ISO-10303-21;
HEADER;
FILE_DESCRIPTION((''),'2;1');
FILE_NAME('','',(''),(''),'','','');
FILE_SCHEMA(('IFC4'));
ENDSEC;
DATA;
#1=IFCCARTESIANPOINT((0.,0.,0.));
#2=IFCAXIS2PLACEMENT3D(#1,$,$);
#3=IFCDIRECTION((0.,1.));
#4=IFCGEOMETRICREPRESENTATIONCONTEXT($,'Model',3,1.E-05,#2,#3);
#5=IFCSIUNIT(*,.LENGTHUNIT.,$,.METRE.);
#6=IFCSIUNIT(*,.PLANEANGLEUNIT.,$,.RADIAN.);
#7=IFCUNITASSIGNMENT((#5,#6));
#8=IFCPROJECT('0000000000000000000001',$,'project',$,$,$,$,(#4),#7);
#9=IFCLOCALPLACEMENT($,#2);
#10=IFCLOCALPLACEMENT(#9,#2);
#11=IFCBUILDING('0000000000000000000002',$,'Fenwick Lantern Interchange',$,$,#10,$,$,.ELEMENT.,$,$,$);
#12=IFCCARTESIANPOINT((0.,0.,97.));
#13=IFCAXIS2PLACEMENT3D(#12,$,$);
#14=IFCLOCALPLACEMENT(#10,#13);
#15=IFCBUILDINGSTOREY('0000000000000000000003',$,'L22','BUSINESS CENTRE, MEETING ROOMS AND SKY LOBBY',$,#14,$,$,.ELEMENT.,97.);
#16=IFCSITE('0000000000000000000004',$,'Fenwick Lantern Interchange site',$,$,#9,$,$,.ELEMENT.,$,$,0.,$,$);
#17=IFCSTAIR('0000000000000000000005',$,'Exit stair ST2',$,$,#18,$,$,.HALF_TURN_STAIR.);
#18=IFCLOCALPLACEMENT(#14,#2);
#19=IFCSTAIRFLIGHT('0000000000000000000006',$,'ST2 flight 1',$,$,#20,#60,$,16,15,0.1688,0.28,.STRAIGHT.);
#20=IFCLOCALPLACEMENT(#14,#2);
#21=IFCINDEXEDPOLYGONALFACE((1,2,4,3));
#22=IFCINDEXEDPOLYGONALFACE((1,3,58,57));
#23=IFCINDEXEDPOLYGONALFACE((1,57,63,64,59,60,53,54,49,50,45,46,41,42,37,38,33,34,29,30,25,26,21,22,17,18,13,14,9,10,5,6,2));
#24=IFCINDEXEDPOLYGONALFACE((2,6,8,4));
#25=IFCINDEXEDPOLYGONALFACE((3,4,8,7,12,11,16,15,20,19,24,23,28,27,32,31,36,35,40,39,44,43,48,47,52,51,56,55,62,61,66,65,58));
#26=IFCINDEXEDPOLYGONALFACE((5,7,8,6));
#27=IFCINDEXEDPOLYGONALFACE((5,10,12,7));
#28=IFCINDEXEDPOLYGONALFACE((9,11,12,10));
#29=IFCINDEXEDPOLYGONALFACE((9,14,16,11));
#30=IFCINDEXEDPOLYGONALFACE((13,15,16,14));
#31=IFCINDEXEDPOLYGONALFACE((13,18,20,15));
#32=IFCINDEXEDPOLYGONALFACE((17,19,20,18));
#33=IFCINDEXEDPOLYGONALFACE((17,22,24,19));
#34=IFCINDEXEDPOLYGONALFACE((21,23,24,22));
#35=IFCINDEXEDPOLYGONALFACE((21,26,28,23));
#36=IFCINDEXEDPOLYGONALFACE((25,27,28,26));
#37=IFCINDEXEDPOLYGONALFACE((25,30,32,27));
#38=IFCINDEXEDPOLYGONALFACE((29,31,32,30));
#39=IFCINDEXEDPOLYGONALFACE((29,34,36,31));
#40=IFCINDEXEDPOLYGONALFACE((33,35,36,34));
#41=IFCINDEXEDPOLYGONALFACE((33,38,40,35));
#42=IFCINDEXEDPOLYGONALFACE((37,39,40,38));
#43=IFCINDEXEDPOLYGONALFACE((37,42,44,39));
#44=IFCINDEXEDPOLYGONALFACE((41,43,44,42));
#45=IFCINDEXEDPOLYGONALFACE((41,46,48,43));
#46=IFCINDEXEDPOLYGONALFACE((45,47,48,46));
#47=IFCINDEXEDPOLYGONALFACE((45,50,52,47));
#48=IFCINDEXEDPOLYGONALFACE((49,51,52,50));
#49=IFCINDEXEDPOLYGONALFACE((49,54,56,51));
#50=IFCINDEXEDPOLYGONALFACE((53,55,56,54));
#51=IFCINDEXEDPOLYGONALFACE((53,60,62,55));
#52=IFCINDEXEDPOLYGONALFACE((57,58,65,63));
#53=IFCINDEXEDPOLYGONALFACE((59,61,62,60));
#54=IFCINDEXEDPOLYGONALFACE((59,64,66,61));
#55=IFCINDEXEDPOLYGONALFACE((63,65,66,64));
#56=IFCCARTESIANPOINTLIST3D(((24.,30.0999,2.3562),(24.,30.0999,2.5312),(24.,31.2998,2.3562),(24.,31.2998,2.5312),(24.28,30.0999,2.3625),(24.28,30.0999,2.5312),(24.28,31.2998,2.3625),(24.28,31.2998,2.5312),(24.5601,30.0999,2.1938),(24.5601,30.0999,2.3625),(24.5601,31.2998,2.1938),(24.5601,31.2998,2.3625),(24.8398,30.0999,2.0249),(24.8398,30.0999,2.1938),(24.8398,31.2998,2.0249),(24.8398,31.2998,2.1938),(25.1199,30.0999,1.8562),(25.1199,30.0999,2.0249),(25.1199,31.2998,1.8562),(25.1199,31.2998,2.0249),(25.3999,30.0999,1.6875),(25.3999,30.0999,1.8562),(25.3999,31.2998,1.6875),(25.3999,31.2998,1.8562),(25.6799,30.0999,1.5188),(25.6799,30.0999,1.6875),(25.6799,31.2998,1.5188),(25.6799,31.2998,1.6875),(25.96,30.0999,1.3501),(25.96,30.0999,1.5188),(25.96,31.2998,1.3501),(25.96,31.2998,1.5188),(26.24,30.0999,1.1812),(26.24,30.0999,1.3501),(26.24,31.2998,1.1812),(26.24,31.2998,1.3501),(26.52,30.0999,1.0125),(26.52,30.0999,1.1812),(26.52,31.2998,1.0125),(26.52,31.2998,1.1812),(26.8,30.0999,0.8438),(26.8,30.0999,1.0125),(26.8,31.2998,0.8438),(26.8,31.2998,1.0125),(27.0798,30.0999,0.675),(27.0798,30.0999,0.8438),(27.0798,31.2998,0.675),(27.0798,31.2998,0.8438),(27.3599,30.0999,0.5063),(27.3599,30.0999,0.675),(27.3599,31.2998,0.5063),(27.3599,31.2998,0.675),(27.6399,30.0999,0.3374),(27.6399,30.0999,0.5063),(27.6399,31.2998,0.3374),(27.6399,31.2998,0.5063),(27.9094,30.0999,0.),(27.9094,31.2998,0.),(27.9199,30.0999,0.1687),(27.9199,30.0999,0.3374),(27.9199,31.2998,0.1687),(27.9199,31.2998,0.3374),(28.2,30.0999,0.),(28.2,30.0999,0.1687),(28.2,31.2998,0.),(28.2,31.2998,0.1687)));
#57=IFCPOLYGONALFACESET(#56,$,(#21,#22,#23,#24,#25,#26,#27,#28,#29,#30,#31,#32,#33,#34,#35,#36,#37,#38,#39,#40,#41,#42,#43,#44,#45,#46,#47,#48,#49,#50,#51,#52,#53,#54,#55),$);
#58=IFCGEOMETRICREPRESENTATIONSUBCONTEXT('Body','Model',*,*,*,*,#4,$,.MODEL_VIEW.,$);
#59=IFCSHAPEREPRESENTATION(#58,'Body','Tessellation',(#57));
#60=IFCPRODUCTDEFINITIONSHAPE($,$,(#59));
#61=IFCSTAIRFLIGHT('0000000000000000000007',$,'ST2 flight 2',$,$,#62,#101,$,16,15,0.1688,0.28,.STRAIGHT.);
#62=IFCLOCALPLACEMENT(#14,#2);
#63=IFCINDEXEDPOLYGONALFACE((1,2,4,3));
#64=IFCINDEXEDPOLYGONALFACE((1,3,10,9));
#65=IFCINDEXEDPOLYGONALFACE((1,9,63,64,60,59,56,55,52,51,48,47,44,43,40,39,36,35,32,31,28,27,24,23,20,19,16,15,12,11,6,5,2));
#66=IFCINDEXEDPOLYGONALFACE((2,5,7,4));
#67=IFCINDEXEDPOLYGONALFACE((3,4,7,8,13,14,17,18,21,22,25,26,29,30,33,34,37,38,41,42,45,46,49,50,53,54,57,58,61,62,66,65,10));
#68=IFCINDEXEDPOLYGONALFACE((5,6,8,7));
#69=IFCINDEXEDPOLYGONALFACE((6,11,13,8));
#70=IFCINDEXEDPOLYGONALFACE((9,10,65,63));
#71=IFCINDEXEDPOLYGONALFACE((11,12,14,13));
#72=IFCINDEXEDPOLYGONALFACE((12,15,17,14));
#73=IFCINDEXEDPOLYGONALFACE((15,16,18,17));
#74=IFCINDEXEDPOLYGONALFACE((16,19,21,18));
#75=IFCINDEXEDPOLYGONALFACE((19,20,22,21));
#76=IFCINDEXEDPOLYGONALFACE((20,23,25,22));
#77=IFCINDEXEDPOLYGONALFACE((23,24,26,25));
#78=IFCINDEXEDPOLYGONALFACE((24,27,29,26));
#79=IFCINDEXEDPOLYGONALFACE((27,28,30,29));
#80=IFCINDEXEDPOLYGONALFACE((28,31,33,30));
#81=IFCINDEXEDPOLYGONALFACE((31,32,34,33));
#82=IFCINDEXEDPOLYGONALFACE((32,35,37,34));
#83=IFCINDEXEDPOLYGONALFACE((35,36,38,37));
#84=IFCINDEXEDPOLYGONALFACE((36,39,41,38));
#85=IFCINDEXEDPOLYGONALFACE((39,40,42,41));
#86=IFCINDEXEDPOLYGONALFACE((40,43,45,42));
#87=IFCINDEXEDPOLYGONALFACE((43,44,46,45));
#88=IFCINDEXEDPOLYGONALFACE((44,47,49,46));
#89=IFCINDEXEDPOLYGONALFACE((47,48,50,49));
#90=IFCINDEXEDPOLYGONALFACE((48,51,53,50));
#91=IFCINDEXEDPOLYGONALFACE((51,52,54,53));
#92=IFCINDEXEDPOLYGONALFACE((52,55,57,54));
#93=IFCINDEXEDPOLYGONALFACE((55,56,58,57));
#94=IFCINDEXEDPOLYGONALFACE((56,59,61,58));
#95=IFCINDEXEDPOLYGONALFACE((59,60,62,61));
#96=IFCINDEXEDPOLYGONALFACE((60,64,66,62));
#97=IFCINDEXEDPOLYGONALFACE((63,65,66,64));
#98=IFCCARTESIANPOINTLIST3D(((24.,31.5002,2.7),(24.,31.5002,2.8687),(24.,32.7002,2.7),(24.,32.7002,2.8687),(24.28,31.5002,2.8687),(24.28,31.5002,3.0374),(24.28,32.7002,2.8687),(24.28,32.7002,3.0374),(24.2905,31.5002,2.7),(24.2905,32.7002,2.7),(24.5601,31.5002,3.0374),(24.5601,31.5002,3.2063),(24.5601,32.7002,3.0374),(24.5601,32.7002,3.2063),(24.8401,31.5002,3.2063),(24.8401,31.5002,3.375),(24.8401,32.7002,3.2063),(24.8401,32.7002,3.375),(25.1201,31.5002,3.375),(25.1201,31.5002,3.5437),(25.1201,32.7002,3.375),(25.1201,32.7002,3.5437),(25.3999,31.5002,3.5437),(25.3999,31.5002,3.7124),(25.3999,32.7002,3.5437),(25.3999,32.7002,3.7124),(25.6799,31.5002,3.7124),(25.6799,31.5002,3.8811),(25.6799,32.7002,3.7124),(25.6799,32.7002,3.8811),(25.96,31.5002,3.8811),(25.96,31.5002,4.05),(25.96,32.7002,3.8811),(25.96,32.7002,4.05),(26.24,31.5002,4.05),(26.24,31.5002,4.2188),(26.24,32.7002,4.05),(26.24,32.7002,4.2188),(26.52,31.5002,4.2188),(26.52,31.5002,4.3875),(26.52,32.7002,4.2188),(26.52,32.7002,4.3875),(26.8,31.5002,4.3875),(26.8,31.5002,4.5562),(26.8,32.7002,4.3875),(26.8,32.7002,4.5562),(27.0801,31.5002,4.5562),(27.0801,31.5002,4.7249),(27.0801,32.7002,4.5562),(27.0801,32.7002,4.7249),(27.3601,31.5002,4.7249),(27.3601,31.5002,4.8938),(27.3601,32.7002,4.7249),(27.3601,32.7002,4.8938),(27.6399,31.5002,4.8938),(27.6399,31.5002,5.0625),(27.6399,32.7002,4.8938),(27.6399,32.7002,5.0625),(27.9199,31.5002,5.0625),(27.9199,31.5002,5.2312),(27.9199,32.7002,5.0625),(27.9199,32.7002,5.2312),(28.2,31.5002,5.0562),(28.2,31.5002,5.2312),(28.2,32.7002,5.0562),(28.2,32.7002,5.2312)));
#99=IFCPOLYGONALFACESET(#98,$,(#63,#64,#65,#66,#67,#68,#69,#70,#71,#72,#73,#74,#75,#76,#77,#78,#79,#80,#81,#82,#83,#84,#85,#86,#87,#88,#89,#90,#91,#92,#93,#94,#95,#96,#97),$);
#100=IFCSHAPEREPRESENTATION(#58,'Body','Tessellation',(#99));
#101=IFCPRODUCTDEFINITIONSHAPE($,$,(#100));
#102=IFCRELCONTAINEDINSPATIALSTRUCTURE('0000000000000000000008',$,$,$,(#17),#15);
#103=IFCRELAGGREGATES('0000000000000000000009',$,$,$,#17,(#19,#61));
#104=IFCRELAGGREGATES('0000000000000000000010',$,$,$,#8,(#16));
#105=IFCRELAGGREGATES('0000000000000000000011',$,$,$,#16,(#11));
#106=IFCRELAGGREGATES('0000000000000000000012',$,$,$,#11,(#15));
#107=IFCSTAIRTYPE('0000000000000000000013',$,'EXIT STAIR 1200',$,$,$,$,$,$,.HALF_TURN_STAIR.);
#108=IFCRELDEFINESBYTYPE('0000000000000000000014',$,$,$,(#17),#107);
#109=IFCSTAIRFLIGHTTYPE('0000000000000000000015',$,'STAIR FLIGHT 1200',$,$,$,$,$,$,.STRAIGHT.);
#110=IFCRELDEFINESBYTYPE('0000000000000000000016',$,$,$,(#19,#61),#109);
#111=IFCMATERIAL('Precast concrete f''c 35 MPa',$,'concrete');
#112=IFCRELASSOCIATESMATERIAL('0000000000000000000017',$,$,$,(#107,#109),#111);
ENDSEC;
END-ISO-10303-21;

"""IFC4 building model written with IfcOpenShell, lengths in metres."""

from ifc_helpers import new_model, si_unit, direction, frame, origin, place, context, subcontext, project, spatial, polyline, outline, extrude, material, type_object, element, aggregate, save


model = new_model("IFC4")

# Units and contexts
model_context = context("Model", 3, precision=1e-05, world=origin(), true_north=direction((0.0, 1.0)))
body_context = subcontext(model_context, "Body", "Model", "MODEL_VIEW")
ifc_project = project(units=[si_unit("LENGTHUNIT", "METRE"), si_unit("PLANEANGLEUNIT", "RADIAN")], contexts=[model_context])

# Site, building, storey
site_placement = place(None, origin())
site = spatial("IfcSite", under=ifc_project, at=site_placement, Name="Fenwick Lantern Interchange site", CompositionType="ELEMENT", RefElevation=0.0)
building_placement = place(site_placement, origin())
building = spatial("IfcBuilding", under=site, at=building_placement, Name="Fenwick Lantern Interchange", CompositionType="ELEMENT")
storey_placement = place(building_placement, frame((0.0, 0.0, 97.0)))
storey = spatial("IfcBuildingStorey", under=building, at=storey_placement, Name="L22", Description="BUSINESS CENTRE, MEETING ROOMS AND SKY LOBBY", CompositionType="ELEMENT", Elevation=97.0)

# Stair, stair flights
ifc_material_1 = material(Name="Precast concrete f'c 35 MPa", Category="concrete")
stair_type = type_object("IfcStairType", Name="EXIT STAIR 1200", PredefinedType="HALF_TURN_STAIR", material=ifc_material_1)
stair_placement = place(storey_placement, origin())
stair = element("IfcStair", 1, at=stair_placement, inside=storey, type_object=stair_type, Name="Exit stair ST2", PredefinedType="HALF_TURN_STAIR")
stair_flight_type = type_object("IfcStairFlightType", Name="STAIR FLIGHT 1200", PredefinedType="STRAIGHT", material=ifc_material_1)
stair_flight_1_placement = place(storey_placement, frame((28.2, 30.7, 0.0), z_axis=(0.0, 0.0, 1.0), x_axis=(-1.0, 0.0, 0.0)))
stair_flight_1 = element("IfcStairFlight", 2, at=stair_flight_1_placement, type_object=stair_flight_type, Name="ST2 flight 1", NumberOfRisers=16, NumberOfTreads=15, PredefinedType="STRAIGHT", RiserHeight=0.1688, TreadLength=0.28, context=body_context, shape_type="SweptSolid", body=[
    extrude(outline(polyline([(0.0, 0.0), (0.0, 0.1687), (0.28, 0.1687), (0.28, 0.3374), (0.5601, 0.3374), (0.5601, 0.5063), (0.8401, 0.5063), (0.8401, 0.675), (1.1201, 0.675), (1.1201, 0.8438), (1.3999, 0.8438), (1.3999, 1.0125), (1.6799, 1.0125), (1.6799, 1.1812), (1.96, 1.1812), (1.96, 1.3501), (2.24, 1.3501), (2.24, 1.5188), (2.52, 1.5188), (2.52, 1.6875), (2.8, 1.6875), (2.8, 1.8562), (3.0801, 1.8562), (3.0801, 2.0249), (3.3601, 2.0249), (3.3601, 2.1938), (3.6399, 2.1938), (3.6399, 2.3625), (3.9199, 2.3625), (3.9199, 2.5312), (4.2, 2.5312), (4.2, 2.7), (4.2, 2.3562), (0.2905, 0.0), (0.0, 0.0)])), frame((0.0, 0.6001, 0.0), z_axis=(0.0, -1.0, 0.0), x_axis=(1.0, 0.0, 0.0)), (0.0, 0.0, 1.0), 1.2),
])
stair_flight_2_placement = place(storey_placement, frame((24.0, 32.1001, 2.7), z_axis=(0.0, 0.0, 1.0), x_axis=(1.0, 0.0, 0.0)))
stair_flight_2 = element("IfcStairFlight", 3, at=stair_flight_2_placement, type_object=stair_flight_type, Name="ST2 flight 2", NumberOfRisers=16, NumberOfTreads=15, PredefinedType="STRAIGHT", RiserHeight=0.1688, TreadLength=0.28, context=body_context, shape_type="SweptSolid", body=[
    extrude(outline(polyline([(0.0, 0.0), (0.0, 0.1687), (0.28, 0.1687), (0.28, 0.3374), (0.5601, 0.3374), (0.5601, 0.5063), (0.8401, 0.5063), (0.8401, 0.675), (1.1201, 0.675), (1.1201, 0.8438), (1.3999, 0.8438), (1.3999, 1.0125), (1.6799, 1.0125), (1.6799, 1.1812), (1.96, 1.1812), (1.96, 1.3501), (2.24, 1.3501), (2.24, 1.5188), (2.52, 1.5188), (2.52, 1.6875), (2.8, 1.6875), (2.8, 1.8562), (3.0801, 1.8562), (3.0801, 2.0249), (3.3601, 2.0249), (3.3601, 2.1938), (3.6399, 2.1938), (3.6399, 2.3625), (3.9199, 2.3625), (3.9199, 2.5312), (4.2, 2.5312), (4.2, 2.7), (4.2, 2.3562), (0.2905, 0.0), (0.0, 0.0)])), frame((0.0, 0.6001, 0.0), z_axis=(0.0, -1.0, 0.0), x_axis=(1.0, 0.0, 0.0)), (0.0, 0.0, 1.0), 1.2),
])
aggregate(stair, [stair_flight_1, stair_flight_2])

save(model, "model.ifc")
